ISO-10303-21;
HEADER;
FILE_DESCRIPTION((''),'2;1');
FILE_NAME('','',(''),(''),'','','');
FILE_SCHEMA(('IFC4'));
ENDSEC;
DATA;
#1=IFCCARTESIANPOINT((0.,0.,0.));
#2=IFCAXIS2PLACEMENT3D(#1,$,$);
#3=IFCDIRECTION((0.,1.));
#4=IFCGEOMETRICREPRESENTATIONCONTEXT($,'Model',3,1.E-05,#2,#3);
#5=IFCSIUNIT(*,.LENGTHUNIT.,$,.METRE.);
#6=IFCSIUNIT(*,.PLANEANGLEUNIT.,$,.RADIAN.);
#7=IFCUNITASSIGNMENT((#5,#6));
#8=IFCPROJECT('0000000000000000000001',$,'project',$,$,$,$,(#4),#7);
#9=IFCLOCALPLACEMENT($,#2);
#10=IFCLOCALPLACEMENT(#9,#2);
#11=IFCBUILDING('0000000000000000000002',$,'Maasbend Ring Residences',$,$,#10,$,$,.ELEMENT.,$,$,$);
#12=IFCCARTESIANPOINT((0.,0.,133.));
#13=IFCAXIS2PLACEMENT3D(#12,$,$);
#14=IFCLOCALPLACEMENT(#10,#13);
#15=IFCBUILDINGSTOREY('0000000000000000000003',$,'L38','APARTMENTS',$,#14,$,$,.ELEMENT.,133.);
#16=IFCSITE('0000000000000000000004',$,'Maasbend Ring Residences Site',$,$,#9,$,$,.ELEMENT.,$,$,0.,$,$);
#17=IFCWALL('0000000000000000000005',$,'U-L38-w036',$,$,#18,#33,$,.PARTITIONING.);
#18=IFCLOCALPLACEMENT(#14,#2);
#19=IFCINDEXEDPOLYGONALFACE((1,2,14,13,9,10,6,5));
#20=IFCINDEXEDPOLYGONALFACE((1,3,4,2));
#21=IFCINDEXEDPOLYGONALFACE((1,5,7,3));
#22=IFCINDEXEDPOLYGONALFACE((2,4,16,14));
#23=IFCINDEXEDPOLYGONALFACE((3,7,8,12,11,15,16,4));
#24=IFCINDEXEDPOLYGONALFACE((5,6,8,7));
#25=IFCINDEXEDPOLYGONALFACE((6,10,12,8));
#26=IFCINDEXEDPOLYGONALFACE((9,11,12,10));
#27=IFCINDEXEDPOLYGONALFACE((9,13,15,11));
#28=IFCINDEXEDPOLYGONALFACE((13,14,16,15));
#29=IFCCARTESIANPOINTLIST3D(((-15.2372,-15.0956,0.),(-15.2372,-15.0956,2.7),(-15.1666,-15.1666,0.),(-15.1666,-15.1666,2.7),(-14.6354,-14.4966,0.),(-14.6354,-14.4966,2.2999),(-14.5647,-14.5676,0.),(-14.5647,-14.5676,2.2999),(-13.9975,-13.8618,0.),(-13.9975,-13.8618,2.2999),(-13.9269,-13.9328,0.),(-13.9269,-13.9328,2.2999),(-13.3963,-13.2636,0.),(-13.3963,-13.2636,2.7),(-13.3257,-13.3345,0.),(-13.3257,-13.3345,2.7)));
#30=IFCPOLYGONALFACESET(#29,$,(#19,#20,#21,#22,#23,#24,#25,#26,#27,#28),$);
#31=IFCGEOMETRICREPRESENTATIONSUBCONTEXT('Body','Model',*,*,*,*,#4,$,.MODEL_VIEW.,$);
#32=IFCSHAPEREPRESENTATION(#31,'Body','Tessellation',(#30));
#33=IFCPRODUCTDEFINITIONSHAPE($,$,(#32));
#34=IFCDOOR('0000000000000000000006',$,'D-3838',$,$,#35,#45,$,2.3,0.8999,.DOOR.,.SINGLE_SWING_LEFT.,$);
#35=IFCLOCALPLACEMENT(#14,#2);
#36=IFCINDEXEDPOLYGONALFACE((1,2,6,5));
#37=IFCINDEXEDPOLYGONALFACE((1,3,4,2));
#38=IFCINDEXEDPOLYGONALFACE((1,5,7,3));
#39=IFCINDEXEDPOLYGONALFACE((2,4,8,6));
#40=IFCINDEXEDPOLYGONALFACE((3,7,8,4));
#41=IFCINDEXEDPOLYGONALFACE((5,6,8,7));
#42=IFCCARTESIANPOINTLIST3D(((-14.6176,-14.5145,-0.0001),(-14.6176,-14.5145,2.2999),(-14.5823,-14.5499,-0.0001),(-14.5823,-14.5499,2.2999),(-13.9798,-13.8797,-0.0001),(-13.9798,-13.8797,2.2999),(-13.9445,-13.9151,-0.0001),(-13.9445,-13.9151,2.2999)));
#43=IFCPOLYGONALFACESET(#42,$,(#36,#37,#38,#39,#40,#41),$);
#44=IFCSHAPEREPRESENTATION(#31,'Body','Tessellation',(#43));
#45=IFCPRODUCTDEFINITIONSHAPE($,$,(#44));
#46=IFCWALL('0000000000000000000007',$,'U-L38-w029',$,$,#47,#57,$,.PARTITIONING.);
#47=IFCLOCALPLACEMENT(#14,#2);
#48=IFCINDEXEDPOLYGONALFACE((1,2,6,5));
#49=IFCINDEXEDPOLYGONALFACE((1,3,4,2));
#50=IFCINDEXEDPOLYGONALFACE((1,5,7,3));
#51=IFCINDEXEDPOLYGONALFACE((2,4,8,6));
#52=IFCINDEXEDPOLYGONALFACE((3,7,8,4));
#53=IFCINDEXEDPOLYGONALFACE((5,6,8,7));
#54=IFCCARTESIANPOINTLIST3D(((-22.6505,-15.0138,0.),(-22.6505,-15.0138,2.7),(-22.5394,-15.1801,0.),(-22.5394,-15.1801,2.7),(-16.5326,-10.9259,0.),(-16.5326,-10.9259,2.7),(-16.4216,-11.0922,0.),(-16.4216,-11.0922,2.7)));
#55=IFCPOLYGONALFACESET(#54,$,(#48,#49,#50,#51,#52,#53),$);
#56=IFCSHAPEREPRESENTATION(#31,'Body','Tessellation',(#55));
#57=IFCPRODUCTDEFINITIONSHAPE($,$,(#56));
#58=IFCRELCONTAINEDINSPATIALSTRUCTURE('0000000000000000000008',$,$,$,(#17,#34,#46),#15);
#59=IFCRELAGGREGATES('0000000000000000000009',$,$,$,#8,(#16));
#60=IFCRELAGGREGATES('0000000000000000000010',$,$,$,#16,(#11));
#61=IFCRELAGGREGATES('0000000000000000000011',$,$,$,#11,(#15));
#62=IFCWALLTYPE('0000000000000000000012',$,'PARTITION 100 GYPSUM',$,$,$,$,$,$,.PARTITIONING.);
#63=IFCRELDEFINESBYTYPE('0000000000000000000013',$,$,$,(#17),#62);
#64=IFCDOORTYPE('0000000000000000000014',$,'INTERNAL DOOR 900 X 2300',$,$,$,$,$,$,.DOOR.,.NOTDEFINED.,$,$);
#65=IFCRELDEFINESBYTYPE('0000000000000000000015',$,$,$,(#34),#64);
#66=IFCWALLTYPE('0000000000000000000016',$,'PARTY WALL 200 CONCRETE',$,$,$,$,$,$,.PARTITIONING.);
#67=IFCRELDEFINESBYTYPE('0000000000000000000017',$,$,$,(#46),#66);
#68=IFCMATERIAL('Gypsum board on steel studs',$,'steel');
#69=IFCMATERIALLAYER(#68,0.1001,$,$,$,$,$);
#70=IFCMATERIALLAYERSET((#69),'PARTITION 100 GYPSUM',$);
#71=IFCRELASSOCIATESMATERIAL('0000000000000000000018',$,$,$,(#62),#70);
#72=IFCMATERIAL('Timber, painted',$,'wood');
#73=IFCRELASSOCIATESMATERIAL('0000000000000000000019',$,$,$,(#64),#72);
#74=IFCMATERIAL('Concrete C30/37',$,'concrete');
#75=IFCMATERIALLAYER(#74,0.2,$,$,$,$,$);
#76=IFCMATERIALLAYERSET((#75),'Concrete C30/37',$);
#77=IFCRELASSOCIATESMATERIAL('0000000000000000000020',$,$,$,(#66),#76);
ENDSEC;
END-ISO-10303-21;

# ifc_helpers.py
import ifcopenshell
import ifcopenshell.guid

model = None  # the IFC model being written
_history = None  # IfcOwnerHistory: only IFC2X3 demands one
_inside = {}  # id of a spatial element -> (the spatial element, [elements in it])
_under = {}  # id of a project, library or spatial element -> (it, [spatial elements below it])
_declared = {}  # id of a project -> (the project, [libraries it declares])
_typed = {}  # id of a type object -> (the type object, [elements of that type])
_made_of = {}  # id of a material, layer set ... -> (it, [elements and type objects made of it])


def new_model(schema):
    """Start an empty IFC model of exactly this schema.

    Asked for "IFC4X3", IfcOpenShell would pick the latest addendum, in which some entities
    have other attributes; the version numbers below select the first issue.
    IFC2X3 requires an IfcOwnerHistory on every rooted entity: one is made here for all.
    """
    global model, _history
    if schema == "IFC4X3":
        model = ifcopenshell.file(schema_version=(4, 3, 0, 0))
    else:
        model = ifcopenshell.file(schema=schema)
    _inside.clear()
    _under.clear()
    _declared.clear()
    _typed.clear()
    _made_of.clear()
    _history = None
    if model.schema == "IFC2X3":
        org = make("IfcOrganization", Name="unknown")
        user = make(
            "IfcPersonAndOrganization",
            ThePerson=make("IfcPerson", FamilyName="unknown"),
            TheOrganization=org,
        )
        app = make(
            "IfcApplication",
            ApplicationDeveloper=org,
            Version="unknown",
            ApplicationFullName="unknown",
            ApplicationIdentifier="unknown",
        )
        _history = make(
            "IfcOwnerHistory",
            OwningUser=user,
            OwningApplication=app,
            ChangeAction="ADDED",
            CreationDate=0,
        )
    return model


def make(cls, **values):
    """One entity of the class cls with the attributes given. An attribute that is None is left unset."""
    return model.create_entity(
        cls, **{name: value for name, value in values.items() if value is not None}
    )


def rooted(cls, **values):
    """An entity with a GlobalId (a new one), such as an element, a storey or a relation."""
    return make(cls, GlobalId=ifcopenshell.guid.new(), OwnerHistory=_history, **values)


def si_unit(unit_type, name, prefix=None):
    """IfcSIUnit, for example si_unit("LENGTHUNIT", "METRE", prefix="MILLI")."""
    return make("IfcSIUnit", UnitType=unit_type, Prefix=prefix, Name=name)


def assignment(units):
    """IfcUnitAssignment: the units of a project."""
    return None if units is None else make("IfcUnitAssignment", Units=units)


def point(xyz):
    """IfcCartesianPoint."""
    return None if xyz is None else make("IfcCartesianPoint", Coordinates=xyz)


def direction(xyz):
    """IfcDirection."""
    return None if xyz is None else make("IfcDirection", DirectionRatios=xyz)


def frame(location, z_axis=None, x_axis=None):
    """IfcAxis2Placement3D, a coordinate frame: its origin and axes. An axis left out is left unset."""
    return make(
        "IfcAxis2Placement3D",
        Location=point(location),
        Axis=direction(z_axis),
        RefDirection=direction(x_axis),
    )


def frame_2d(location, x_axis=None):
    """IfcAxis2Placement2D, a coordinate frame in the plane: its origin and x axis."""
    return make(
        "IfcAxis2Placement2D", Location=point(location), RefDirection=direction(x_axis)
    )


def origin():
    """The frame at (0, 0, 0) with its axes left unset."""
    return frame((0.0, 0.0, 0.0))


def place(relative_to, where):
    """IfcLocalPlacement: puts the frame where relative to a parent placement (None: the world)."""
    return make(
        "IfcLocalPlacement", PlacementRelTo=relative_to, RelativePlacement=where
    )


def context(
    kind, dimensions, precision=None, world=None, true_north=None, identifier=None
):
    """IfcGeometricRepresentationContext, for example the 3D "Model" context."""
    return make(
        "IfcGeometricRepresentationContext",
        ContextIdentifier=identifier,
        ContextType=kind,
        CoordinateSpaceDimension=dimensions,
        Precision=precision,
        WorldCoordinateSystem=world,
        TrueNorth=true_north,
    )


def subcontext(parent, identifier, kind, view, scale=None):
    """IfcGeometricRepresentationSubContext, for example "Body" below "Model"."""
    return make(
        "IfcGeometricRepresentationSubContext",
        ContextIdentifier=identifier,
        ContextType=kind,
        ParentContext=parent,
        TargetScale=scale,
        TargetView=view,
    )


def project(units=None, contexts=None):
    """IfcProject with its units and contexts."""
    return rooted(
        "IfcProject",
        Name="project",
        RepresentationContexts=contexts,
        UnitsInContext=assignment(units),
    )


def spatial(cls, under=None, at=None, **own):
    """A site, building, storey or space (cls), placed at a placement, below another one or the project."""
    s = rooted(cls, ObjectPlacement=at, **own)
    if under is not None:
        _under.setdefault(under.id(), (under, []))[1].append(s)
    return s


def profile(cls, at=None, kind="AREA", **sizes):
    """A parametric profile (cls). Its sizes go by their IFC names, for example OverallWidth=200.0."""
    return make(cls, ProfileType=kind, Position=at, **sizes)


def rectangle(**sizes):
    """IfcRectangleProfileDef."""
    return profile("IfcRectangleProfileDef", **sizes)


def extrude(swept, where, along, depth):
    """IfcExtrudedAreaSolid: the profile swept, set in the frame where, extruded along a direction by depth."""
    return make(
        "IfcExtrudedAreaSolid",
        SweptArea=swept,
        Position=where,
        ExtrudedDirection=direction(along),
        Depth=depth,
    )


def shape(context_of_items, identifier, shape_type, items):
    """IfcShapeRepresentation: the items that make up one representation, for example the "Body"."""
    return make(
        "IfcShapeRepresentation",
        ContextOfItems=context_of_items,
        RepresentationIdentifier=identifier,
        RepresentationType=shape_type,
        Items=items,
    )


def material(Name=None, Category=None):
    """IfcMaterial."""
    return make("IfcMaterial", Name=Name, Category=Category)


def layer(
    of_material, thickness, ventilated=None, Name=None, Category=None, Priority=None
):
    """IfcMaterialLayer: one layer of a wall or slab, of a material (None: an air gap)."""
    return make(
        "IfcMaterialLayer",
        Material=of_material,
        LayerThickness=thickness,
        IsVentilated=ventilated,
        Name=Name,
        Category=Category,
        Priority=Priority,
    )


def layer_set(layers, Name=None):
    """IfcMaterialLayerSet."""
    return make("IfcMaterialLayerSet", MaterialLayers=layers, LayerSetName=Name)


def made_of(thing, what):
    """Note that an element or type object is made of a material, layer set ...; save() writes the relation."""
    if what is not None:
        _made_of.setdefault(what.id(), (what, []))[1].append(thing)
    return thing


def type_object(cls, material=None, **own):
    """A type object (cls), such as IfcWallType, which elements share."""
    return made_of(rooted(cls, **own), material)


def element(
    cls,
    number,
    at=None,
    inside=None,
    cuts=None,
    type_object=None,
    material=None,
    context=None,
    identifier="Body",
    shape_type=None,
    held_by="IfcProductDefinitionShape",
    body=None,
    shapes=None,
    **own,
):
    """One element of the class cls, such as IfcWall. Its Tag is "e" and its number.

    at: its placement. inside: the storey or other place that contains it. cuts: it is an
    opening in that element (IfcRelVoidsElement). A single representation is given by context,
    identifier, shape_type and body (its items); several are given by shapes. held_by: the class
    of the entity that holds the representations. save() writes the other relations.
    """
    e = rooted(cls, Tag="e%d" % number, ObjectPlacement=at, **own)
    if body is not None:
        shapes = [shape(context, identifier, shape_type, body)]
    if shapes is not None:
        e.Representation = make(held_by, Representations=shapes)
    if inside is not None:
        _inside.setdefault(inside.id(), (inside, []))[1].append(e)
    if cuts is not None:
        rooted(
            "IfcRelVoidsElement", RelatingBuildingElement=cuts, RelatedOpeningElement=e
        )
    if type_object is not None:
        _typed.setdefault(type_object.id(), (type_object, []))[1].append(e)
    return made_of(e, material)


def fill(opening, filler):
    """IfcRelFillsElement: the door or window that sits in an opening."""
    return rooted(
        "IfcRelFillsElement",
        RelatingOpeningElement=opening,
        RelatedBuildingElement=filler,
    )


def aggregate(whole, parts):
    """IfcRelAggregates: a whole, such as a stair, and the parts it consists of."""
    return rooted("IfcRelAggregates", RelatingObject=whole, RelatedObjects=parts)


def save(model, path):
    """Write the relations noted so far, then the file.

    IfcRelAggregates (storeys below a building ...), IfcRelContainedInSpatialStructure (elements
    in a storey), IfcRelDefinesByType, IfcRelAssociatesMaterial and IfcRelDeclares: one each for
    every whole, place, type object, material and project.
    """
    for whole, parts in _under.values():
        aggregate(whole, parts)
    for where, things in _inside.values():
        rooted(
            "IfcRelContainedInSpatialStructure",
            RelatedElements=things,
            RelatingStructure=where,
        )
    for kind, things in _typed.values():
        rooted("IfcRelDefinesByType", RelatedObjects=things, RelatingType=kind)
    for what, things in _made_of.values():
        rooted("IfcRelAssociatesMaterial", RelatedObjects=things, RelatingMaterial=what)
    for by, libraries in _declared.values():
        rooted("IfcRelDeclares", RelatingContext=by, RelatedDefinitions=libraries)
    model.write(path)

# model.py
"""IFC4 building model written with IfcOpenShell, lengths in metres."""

from ifc_helpers import new_model, si_unit, direction, frame, frame_2d, origin, place, context, subcontext, project, spatial, rectangle, extrude, material, layer, layer_set, type_object, element, fill, save


model = new_model("IFC4")

# Units and contexts
model_context = context("Model", 3, precision=1e-05, world=origin(), true_north=direction((0.0, 1.0)))
body_context = subcontext(model_context, "Body", "Model", "MODEL_VIEW")
ifc_project = project(units=[si_unit("LENGTHUNIT", "METRE"), si_unit("PLANEANGLEUNIT", "RADIAN")], contexts=[model_context])

# Site, building, storey
site_placement = place(None, origin())
site = spatial("IfcSite", under=ifc_project, at=site_placement, Name="Maasbend Ring Residences Site", CompositionType="ELEMENT", RefElevation=0.0)
building_placement = place(site_placement, origin())
building = spatial("IfcBuilding", under=site, at=building_placement, Name="Maasbend Ring Residences", CompositionType="ELEMENT")
storey_placement = place(building_placement, frame((0.0, 0.0, 133.0)))
storey = spatial("IfcBuildingStorey", under=building, at=storey_placement, Name="L38", Description="APARTMENTS", CompositionType="ELEMENT", Elevation=133.0)

# Shared definitions
ifc_material_1 = material(Name="Gypsum board on steel studs", Category="steel")
ifc_layer_1 = layer(ifc_material_1, 0.1001)
ifc_layer_set_1 = layer_set([ifc_layer_1], Name="PARTITION 100 GYPSUM")
wall_type_1 = type_object("IfcWallType", Name="PARTITION 100 GYPSUM", PredefinedType="PARTITIONING", material=ifc_layer_set_1)

# Wall, opening, door
wall_1_placement = place(storey_placement, frame((-15.2019, -15.1311, 0.0), z_axis=(0.0, 0.0, 1.0), x_axis=(0.708797, 0.705413, 0.0)))
wall_1 = element("IfcWall", 1, at=wall_1_placement, inside=storey, type_object=wall_type_1, Name="U-L38-w036", PredefinedType="PARTITIONING", context=body_context, shape_type="SweptSolid", body=[
    extrude(rectangle(XDim=2.5972, YDim=0.1001, at=frame_2d((1.2986, 0.0))), origin(), (0.0, 0.0, 1.0), 2.7),
])
opening_1_placement = place(wall_1_placement, frame((0.8491, 0.0, 0.0)))
opening_1 = element("IfcOpeningElement", 2, at=opening_1_placement, cuts=wall_1, PredefinedType="OPENING", context=body_context, shape_type="SweptSolid", body=[
    extrude(rectangle(XDim=0.8999, YDim=2.3, at=frame_2d((0.45, 1.1499))), frame((0.0, 0.0601, 0.0), z_axis=(0.0, -1.0, 0.0), x_axis=(1.0, 0.0, 0.0)), (0.0, 0.0, 1.0), 0.1201),
])
ifc_material_2 = material(Name="Timber, painted", Category="wood")
door_type_1 = type_object("IfcDoorType", Name="INTERNAL DOOR 900 X 2300", OperationType="NOTDEFINED", PredefinedType="DOOR", material=ifc_material_2)
door_1_placement = place(opening_1_placement, origin())
door_1 = element("IfcDoor", 3, at=door_1_placement, inside=storey, type_object=door_type_1, Name="D-3838", OperationType="SINGLE_SWING_LEFT", OverallHeight=2.3, OverallWidth=0.8999, PredefinedType="DOOR", context=body_context, shape_type="SweptSolid", body=[
    extrude(rectangle(XDim=0.8999, YDim=2.3, at=frame_2d((0.45, 1.1499))), frame((0.0, 0.0249, 0.0), z_axis=(0.0, -1.0, 0.0), x_axis=(1.0, 0.0, 0.0)), (0.0, 0.0, 1.0), 0.05),
])
fill(opening_1, door_1)

# Wall
ifc_material_3 = material(Name="Concrete C30/37", Category="concrete")
ifc_layer_2 = layer(ifc_material_3, 0.2)
ifc_layer_set_2 = layer_set([ifc_layer_2], Name="Concrete C30/37")
wall_type_2 = type_object("IfcWallType", Name="PARTY WALL 200 CONCRETE", PredefinedType="PARTITIONING", material=ifc_layer_set_2)
wall_2_placement = place(storey_placement, frame((-22.595, -15.0969, 0.0), z_axis=(0.0, 0.0, 1.0), x_axis=(0.831468, 0.555573, 0.0)))
element("IfcWall", 4, at=wall_2_placement, inside=storey, type_object=wall_type_2, Name="U-L38-w029", PredefinedType="PARTITIONING", context=body_context, shape_type="SweptSolid", body=[
    extrude(rectangle(XDim=7.3579, YDim=0.2, at=frame_2d((3.679, 0.0))), origin(), (0.0, 0.0, 1.0), 2.7),
])

save(model, "model.ifc")
